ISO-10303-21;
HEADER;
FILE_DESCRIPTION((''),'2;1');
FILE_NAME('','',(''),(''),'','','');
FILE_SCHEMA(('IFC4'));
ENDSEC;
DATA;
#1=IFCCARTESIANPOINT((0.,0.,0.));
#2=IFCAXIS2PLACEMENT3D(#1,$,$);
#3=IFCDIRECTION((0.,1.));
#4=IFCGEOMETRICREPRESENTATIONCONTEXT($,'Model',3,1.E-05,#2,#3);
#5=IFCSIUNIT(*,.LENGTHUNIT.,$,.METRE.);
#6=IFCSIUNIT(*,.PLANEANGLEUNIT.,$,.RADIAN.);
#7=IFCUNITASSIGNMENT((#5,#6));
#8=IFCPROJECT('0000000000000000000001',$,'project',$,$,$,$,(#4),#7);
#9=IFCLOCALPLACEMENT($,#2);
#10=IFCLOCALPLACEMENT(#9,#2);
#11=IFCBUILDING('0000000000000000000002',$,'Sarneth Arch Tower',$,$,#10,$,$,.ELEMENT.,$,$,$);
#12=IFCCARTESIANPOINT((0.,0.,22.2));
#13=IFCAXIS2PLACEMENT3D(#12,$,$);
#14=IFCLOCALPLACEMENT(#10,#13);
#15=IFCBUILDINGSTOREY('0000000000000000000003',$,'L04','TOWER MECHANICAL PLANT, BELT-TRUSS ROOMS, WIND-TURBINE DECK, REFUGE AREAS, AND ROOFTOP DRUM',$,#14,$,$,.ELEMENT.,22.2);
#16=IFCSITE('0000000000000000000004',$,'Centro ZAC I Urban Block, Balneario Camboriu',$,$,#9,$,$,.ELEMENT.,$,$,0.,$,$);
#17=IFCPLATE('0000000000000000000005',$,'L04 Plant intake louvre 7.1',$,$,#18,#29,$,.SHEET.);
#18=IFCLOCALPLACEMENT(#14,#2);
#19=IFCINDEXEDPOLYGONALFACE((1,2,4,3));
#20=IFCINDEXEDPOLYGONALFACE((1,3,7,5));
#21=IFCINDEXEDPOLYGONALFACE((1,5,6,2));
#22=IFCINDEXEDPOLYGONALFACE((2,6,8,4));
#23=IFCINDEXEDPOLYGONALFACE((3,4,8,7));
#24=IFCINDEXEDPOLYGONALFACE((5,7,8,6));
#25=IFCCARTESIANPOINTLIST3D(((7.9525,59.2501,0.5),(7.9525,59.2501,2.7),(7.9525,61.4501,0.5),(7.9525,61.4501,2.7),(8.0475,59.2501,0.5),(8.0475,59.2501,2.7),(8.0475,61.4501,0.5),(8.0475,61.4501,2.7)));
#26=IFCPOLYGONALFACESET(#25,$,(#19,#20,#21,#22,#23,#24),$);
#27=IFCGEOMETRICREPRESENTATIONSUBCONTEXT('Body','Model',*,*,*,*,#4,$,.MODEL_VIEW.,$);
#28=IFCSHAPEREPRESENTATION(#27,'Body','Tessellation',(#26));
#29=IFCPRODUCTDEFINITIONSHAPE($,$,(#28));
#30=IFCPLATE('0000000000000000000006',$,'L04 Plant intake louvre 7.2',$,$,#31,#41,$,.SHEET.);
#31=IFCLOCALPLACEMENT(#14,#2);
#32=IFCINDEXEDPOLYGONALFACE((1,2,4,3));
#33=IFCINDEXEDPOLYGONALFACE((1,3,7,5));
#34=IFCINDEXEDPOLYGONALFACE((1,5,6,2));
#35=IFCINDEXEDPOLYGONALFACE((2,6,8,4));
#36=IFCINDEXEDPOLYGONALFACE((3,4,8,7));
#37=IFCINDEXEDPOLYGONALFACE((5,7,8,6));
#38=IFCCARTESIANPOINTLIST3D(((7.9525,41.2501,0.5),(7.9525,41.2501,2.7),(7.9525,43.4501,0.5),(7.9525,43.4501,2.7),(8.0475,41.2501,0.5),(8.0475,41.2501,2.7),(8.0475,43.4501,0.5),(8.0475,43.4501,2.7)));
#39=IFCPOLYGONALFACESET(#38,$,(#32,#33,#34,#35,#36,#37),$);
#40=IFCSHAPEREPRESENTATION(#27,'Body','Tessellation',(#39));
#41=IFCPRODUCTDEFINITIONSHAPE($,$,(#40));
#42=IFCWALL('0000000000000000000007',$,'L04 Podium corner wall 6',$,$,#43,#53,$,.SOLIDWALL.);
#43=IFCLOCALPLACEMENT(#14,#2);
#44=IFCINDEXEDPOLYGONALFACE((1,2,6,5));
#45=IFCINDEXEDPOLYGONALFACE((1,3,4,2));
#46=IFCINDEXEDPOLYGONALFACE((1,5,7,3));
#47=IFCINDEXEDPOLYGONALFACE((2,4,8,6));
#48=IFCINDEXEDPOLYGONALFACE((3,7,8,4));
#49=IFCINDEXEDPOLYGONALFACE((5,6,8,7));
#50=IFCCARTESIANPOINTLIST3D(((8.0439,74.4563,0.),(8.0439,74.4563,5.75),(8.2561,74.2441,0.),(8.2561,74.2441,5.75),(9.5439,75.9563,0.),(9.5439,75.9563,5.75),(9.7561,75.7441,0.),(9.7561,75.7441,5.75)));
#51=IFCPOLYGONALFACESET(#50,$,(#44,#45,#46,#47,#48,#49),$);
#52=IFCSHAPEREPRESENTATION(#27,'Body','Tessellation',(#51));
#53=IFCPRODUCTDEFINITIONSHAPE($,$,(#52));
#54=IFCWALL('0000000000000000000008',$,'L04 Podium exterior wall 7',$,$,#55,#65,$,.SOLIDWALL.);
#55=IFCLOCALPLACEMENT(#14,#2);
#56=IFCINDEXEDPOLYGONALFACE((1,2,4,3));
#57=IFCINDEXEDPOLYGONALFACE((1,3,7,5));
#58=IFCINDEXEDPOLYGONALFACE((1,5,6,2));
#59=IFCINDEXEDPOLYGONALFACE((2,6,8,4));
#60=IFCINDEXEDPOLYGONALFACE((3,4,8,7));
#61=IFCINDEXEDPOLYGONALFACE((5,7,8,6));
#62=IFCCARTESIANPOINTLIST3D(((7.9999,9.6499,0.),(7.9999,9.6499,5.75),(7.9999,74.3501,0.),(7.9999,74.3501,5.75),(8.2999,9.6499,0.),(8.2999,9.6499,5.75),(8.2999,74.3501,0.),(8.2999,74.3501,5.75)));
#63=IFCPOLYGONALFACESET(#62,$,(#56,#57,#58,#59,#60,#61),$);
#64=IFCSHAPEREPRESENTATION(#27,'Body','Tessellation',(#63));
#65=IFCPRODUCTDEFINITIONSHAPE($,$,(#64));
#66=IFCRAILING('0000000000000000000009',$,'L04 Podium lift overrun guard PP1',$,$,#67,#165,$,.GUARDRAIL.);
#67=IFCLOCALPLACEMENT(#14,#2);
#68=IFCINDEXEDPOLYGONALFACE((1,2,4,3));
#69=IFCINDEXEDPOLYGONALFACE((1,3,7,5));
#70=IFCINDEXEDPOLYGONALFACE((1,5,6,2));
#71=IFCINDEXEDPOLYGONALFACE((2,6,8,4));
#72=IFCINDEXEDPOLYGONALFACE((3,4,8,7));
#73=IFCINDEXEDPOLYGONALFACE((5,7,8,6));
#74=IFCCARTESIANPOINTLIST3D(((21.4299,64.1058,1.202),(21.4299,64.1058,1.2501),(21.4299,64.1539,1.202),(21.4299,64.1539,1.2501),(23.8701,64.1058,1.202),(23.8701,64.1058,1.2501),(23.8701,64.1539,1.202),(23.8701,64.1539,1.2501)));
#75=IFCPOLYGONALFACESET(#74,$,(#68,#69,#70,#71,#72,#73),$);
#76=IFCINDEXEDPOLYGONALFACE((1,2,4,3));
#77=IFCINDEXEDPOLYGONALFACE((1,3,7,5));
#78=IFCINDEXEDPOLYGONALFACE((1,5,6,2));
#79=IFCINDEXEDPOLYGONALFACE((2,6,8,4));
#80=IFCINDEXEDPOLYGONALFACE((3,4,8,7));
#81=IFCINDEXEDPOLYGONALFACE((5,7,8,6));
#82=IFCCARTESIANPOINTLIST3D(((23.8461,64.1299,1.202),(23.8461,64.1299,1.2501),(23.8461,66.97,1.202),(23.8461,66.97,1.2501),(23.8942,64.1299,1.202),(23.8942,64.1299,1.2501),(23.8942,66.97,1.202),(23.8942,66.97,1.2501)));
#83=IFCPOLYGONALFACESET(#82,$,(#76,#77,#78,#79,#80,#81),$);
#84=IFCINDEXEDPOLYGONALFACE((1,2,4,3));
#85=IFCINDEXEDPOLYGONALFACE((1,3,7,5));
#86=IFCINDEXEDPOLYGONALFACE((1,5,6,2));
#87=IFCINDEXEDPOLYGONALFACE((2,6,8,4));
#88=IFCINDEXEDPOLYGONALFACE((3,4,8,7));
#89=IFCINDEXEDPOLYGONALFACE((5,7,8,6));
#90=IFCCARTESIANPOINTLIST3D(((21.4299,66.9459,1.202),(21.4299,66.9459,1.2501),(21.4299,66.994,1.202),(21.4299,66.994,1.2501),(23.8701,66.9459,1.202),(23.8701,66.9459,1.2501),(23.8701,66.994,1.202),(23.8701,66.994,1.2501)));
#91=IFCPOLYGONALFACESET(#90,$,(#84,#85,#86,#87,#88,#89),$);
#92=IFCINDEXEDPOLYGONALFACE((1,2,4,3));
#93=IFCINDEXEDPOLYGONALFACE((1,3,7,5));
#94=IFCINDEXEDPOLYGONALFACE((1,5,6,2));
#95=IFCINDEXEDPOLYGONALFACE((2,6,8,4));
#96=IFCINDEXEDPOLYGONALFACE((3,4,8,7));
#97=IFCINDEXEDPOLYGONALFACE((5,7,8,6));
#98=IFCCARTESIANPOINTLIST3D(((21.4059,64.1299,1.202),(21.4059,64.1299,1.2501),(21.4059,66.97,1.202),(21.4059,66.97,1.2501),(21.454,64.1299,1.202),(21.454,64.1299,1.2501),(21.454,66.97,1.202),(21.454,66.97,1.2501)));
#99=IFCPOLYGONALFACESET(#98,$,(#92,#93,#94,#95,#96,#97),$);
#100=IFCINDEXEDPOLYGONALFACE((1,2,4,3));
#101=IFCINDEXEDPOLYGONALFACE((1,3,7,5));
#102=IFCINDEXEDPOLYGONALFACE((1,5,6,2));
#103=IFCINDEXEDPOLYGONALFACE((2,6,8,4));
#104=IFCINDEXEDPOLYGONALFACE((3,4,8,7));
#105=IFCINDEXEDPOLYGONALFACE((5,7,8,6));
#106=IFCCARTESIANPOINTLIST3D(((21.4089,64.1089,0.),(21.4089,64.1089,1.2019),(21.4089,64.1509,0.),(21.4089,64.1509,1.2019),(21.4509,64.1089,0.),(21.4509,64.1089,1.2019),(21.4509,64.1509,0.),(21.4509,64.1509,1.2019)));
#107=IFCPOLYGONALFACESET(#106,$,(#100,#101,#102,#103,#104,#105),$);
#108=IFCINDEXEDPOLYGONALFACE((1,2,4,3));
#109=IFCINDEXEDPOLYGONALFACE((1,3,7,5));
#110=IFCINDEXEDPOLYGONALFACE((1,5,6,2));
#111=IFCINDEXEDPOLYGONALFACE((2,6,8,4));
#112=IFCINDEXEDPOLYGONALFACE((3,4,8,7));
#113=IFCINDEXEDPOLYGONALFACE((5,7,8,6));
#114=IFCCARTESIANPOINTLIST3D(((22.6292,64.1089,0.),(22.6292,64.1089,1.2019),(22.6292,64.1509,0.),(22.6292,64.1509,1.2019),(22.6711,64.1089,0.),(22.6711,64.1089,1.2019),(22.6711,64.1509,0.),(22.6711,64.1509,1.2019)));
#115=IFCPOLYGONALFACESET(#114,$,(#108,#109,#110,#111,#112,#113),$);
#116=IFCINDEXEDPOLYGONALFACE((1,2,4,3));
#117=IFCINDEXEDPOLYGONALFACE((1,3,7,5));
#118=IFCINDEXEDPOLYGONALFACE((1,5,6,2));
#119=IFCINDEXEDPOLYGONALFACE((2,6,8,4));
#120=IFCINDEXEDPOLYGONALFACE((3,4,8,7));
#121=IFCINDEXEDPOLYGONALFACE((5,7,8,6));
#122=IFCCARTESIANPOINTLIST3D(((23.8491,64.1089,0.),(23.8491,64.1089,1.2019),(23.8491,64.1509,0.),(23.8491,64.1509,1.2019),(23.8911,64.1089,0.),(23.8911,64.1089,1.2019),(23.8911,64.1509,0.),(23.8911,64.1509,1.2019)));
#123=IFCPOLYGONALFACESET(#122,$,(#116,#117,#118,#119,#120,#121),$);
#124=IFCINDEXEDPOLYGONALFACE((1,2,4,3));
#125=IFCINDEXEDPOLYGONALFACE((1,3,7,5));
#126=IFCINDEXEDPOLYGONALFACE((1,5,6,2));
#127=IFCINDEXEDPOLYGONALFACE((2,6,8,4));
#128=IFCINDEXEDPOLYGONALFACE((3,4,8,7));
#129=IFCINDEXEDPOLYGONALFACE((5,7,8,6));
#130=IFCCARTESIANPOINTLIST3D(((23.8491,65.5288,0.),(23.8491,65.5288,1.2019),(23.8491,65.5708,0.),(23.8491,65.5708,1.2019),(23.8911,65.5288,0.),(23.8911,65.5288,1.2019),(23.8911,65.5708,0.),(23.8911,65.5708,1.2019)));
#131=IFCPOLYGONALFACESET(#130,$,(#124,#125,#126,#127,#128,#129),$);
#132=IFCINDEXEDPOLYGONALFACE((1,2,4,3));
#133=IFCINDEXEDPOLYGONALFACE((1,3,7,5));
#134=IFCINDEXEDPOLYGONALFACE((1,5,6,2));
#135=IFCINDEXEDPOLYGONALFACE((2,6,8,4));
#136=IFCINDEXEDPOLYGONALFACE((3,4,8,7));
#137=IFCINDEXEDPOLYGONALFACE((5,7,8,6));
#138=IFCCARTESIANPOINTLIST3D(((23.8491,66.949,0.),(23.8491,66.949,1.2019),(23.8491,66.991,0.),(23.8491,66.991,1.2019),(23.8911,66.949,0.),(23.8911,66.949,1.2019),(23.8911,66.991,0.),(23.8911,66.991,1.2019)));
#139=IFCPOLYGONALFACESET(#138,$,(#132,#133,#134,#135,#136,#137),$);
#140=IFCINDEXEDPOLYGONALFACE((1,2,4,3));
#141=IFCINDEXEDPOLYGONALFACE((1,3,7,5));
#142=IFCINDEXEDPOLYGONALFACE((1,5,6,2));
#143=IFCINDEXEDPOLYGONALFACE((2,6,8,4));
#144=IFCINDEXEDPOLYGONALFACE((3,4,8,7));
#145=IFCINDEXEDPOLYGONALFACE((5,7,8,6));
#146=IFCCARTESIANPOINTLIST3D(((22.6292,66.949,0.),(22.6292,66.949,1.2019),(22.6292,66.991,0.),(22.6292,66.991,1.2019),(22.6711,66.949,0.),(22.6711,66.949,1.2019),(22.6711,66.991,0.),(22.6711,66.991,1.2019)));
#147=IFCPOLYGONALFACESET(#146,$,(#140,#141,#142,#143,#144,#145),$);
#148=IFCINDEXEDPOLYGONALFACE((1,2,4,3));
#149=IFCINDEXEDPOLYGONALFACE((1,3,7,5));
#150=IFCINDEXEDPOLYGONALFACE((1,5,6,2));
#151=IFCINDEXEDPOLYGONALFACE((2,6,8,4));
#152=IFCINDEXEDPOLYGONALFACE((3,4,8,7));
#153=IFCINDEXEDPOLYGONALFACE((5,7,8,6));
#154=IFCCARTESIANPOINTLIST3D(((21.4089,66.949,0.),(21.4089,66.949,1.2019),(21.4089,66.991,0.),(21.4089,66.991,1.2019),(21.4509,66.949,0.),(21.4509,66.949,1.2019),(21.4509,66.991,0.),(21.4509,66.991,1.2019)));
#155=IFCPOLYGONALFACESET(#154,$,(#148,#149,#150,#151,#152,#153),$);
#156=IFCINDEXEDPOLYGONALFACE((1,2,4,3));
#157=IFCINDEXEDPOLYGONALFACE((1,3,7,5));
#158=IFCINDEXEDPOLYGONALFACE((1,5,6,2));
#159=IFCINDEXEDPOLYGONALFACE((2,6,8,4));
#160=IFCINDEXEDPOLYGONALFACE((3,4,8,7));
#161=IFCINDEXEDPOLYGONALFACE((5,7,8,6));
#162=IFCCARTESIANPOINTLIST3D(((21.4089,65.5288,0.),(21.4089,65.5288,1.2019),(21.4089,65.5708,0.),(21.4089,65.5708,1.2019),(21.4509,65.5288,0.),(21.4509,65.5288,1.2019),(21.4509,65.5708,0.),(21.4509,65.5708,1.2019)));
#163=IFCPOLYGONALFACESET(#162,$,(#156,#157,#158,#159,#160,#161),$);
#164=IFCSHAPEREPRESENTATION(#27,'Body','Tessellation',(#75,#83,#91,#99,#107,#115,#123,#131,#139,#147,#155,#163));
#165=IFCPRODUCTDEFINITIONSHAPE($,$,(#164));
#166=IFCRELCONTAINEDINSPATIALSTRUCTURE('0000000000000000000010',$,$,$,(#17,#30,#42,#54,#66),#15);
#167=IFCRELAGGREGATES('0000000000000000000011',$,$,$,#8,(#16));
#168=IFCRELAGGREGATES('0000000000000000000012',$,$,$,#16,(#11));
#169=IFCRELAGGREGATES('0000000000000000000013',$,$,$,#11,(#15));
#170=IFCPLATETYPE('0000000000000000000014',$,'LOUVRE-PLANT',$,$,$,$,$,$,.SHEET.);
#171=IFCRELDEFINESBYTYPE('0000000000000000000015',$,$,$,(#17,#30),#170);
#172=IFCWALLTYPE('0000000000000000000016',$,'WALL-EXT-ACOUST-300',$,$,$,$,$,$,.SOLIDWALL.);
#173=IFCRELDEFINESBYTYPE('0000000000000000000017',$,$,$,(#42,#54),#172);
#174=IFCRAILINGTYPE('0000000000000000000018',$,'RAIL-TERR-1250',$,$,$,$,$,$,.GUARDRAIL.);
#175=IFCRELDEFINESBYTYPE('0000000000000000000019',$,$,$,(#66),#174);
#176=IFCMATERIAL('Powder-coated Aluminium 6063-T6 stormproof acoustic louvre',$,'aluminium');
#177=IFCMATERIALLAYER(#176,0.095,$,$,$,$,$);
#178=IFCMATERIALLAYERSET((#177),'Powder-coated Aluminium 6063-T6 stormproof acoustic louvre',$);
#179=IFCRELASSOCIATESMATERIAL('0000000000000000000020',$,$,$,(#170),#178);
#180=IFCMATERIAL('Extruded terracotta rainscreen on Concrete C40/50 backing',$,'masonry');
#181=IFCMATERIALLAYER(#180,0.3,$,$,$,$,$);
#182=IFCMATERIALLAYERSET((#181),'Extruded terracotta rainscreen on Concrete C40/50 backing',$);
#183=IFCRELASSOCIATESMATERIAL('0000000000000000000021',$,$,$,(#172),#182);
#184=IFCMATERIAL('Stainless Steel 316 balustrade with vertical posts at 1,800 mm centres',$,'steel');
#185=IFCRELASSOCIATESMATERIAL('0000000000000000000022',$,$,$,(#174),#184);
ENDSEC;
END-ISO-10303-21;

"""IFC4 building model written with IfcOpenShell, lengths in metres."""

from ifc_helpers import new_model, si_unit, direction, frame, frame_2d, origin, origin_2d, place, context, subcontext, project, spatial, rectangle, extrude, material, layer, layer_set, type_object, element, save


model = new_model("IFC4")

# Units and contexts
model_context = context("Model", 3, precision=1e-05, world=origin(), true_north=direction((0.0, 1.0)))
body_context = subcontext(model_context, "Body", "Model", "MODEL_VIEW")
ifc_project = project(units=[si_unit("LENGTHUNIT", "METRE"), si_unit("PLANEANGLEUNIT", "RADIAN")], contexts=[model_context])

# Site, building, storey
site_placement = place(None, origin())
site = spatial("IfcSite", under=ifc_project, at=site_placement, Name="Centro ZAC I Urban Block, Balneario Camboriu", CompositionType="ELEMENT", RefElevation=0.0)
building_placement = place(site_placement, origin())
building = spatial("IfcBuilding", under=site, at=building_placement, Name="Sarneth Arch Tower", CompositionType="ELEMENT")
storey_placement = place(building_placement, frame((0.0, 0.0, 22.2)))
storey = spatial("IfcBuildingStorey", under=building, at=storey_placement, Name="L04", Description="TOWER MECHANICAL PLANT, BELT-TRUSS ROOMS, WIND-TURBINE DECK, REFUGE AREAS, AND ROOFTOP DRUM", CompositionType="ELEMENT", Elevation=22.2)

# Plates
ifc_material_1 = material(Name="Powder-coated Aluminium 6063-T6 stormproof acoustic louvre", Category="aluminium")
ifc_layer_1 = layer(ifc_material_1, 0.095)
ifc_layer_set_1 = layer_set([ifc_layer_1], Name="Powder-coated Aluminium 6063-T6 stormproof acoustic louvre")
plate_type = type_object("IfcPlateType", Name="LOUVRE-PLANT", PredefinedType="SHEET", material=ifc_layer_set_1)
for number, where, z_axis, x_axis, name in (
    (1, (8.0, 60.3501, 0.5), (0.0, 0.0, 1.0), (0.0, -1.0, 0.0), "L04 Plant intake louvre 7.1"),
    (2, (8.0, 42.3501, 0.5), (0.0, 0.0, 1.0), (0.0, -1.0, 0.0), "L04 Plant intake louvre 7.2"),
):
    element("IfcPlate", number, at=place(storey_placement, frame(where, z_axis=z_axis, x_axis=x_axis)), inside=storey, type_object=plate_type, Name=name, PredefinedType="SHEET", context=body_context, shape_type="SweptSolid", body=[
        extrude(rectangle(XDim=2.2, YDim=0.095, at=origin_2d()), origin(), (0.0, 0.0, 1.0), 2.2),
    ])

# Walls
ifc_material_2 = material(Name="Extruded terracotta rainscreen on Concrete C40/50 backing", Category="masonry")
ifc_layer_2 = layer(ifc_material_2, 0.3)
ifc_layer_set_2 = layer_set([ifc_layer_2], Name="Extruded terracotta rainscreen on Concrete C40/50 backing")
wall_type = type_object("IfcWallType", Name="WALL-EXT-ACOUST-300", PredefinedType="SOLIDWALL", material=ifc_layer_set_2)
wall_1_placement = place(storey_placement, frame((9.6499, 75.8501, 0.0), z_axis=(0.0, 0.0, 1.0), x_axis=(-0.707107, -0.707107, 0.0)))
element("IfcWall", 3, at=wall_1_placement, inside=storey, type_object=wall_type, Name="L04 Podium corner wall 6", PredefinedType="SOLIDWALL", context=body_context, shape_type="SweptSolid", body=[
    extrude(rectangle(XDim=2.1213, YDim=0.3, at=frame_2d((1.0605, 0.0))), origin(), (0.0, 0.0, 1.0), 5.75),
])
wall_2_placement = place(storey_placement, frame((8.1499, 74.3501, 0.0), z_axis=(0.0, 0.0, 1.0), x_axis=(0.0, -1.0, 0.0)))
element("IfcWall", 4, at=wall_2_placement, inside=storey, type_object=wall_type, Name="L04 Podium exterior wall 7", PredefinedType="SOLIDWALL", context=body_context, shape_type="SweptSolid", body=[
    extrude(rectangle(XDim=64.7002, YDim=0.3, at=frame_2d((32.3501, 0.0))), origin(), (0.0, 0.0, 1.0), 5.75),
])

# Railing
ifc_material_3 = material(Name="Stainless Steel 316 balustrade with vertical posts at 1,800 mm centres", Category="steel")
railing_type = type_object("IfcRailingType", Name="RAIL-TERR-1250", PredefinedType="GUARDRAIL", material=ifc_material_3)
railing_1_placement = place(storey_placement, frame((21.4299, 64.1299, 0.0)))
element("IfcRailing", 5, at=railing_1_placement, inside=storey, type_object=railing_type, Name="L04 Podium lift overrun guard PP1", PredefinedType="GUARDRAIL", context=body_context, shape_type="SweptSolid", body=[
    extrude(rectangle(XDim=0.0481, YDim=0.0481, at=origin_2d()), frame((0.0, 0.0, 1.2261), z_axis=(1.0, 0.0, 0.0), x_axis=(0.0, 1.0, 0.0)), (0.0, 0.0, 1.0), 2.4402),
    extrude(rectangle(XDim=0.0481, YDim=0.0481, at=origin_2d()), frame((2.4402, 0.0, 1.2261), z_axis=(0.0, 1.0, 0.0), x_axis=(-1.0, 0.0, 0.0)), (0.0, 0.0, 1.0), 2.8401),
    extrude(rectangle(XDim=0.0481, YDim=0.0481, at=origin_2d()), frame((2.4402, 2.8401, 1.2261), z_axis=(-1.0, 0.0, 0.0), x_axis=(0.0, -1.0, 0.0)), (0.0, 0.0, 1.0), 2.4402),
    extrude(rectangle(XDim=0.0481, YDim=0.0481, at=origin_2d()), frame((0.0, 2.8401, 1.2261), z_axis=(0.0, -1.0, 0.0), x_axis=(1.0, 0.0, 0.0)), (0.0, 0.0, 1.0), 2.8401),
    extrude(rectangle(XDim=0.042, YDim=0.042, at=origin_2d()), origin(), (0.0, 0.0, 1.0), 1.2019),
    extrude(rectangle(XDim=0.042, YDim=0.042, at=origin_2d()), frame((1.2202, 0.0, 0.0)), (0.0, 0.0, 1.0), 1.2019),
    extrude(rectangle(XDim=0.042, YDim=0.042, at=origin_2d()), frame((2.4402, 0.0, 0.0)), (0.0, 0.0, 1.0), 1.2019),
    extrude(rectangle(XDim=0.042, YDim=0.042, at=origin_2d()), frame((2.4402, 1.4199, 0.0)), (0.0, 0.0, 1.0), 1.2019),
    extrude(rectangle(XDim=0.042, YDim=0.042, at=origin_2d()), frame((2.4402, 2.8401, 0.0)), (0.0, 0.0, 1.0), 1.2019),
    extrude(rectangle(XDim=0.042, YDim=0.042, at=origin_2d()), frame((1.2202, 2.8401, 0.0)), (0.0, 0.0, 1.0), 1.2019),
    extrude(rectangle(XDim=0.042, YDim=0.042, at=origin_2d()), frame((0.0, 2.8401, 0.0)), (0.0, 0.0, 1.0), 1.2019),
    extrude(rectangle(XDim=0.042, YDim=0.042, at=origin_2d()), frame((0.0, 1.4199, 0.0)), (0.0, 0.0, 1.0), 1.2019),
])

save(model, "model.ifc")
